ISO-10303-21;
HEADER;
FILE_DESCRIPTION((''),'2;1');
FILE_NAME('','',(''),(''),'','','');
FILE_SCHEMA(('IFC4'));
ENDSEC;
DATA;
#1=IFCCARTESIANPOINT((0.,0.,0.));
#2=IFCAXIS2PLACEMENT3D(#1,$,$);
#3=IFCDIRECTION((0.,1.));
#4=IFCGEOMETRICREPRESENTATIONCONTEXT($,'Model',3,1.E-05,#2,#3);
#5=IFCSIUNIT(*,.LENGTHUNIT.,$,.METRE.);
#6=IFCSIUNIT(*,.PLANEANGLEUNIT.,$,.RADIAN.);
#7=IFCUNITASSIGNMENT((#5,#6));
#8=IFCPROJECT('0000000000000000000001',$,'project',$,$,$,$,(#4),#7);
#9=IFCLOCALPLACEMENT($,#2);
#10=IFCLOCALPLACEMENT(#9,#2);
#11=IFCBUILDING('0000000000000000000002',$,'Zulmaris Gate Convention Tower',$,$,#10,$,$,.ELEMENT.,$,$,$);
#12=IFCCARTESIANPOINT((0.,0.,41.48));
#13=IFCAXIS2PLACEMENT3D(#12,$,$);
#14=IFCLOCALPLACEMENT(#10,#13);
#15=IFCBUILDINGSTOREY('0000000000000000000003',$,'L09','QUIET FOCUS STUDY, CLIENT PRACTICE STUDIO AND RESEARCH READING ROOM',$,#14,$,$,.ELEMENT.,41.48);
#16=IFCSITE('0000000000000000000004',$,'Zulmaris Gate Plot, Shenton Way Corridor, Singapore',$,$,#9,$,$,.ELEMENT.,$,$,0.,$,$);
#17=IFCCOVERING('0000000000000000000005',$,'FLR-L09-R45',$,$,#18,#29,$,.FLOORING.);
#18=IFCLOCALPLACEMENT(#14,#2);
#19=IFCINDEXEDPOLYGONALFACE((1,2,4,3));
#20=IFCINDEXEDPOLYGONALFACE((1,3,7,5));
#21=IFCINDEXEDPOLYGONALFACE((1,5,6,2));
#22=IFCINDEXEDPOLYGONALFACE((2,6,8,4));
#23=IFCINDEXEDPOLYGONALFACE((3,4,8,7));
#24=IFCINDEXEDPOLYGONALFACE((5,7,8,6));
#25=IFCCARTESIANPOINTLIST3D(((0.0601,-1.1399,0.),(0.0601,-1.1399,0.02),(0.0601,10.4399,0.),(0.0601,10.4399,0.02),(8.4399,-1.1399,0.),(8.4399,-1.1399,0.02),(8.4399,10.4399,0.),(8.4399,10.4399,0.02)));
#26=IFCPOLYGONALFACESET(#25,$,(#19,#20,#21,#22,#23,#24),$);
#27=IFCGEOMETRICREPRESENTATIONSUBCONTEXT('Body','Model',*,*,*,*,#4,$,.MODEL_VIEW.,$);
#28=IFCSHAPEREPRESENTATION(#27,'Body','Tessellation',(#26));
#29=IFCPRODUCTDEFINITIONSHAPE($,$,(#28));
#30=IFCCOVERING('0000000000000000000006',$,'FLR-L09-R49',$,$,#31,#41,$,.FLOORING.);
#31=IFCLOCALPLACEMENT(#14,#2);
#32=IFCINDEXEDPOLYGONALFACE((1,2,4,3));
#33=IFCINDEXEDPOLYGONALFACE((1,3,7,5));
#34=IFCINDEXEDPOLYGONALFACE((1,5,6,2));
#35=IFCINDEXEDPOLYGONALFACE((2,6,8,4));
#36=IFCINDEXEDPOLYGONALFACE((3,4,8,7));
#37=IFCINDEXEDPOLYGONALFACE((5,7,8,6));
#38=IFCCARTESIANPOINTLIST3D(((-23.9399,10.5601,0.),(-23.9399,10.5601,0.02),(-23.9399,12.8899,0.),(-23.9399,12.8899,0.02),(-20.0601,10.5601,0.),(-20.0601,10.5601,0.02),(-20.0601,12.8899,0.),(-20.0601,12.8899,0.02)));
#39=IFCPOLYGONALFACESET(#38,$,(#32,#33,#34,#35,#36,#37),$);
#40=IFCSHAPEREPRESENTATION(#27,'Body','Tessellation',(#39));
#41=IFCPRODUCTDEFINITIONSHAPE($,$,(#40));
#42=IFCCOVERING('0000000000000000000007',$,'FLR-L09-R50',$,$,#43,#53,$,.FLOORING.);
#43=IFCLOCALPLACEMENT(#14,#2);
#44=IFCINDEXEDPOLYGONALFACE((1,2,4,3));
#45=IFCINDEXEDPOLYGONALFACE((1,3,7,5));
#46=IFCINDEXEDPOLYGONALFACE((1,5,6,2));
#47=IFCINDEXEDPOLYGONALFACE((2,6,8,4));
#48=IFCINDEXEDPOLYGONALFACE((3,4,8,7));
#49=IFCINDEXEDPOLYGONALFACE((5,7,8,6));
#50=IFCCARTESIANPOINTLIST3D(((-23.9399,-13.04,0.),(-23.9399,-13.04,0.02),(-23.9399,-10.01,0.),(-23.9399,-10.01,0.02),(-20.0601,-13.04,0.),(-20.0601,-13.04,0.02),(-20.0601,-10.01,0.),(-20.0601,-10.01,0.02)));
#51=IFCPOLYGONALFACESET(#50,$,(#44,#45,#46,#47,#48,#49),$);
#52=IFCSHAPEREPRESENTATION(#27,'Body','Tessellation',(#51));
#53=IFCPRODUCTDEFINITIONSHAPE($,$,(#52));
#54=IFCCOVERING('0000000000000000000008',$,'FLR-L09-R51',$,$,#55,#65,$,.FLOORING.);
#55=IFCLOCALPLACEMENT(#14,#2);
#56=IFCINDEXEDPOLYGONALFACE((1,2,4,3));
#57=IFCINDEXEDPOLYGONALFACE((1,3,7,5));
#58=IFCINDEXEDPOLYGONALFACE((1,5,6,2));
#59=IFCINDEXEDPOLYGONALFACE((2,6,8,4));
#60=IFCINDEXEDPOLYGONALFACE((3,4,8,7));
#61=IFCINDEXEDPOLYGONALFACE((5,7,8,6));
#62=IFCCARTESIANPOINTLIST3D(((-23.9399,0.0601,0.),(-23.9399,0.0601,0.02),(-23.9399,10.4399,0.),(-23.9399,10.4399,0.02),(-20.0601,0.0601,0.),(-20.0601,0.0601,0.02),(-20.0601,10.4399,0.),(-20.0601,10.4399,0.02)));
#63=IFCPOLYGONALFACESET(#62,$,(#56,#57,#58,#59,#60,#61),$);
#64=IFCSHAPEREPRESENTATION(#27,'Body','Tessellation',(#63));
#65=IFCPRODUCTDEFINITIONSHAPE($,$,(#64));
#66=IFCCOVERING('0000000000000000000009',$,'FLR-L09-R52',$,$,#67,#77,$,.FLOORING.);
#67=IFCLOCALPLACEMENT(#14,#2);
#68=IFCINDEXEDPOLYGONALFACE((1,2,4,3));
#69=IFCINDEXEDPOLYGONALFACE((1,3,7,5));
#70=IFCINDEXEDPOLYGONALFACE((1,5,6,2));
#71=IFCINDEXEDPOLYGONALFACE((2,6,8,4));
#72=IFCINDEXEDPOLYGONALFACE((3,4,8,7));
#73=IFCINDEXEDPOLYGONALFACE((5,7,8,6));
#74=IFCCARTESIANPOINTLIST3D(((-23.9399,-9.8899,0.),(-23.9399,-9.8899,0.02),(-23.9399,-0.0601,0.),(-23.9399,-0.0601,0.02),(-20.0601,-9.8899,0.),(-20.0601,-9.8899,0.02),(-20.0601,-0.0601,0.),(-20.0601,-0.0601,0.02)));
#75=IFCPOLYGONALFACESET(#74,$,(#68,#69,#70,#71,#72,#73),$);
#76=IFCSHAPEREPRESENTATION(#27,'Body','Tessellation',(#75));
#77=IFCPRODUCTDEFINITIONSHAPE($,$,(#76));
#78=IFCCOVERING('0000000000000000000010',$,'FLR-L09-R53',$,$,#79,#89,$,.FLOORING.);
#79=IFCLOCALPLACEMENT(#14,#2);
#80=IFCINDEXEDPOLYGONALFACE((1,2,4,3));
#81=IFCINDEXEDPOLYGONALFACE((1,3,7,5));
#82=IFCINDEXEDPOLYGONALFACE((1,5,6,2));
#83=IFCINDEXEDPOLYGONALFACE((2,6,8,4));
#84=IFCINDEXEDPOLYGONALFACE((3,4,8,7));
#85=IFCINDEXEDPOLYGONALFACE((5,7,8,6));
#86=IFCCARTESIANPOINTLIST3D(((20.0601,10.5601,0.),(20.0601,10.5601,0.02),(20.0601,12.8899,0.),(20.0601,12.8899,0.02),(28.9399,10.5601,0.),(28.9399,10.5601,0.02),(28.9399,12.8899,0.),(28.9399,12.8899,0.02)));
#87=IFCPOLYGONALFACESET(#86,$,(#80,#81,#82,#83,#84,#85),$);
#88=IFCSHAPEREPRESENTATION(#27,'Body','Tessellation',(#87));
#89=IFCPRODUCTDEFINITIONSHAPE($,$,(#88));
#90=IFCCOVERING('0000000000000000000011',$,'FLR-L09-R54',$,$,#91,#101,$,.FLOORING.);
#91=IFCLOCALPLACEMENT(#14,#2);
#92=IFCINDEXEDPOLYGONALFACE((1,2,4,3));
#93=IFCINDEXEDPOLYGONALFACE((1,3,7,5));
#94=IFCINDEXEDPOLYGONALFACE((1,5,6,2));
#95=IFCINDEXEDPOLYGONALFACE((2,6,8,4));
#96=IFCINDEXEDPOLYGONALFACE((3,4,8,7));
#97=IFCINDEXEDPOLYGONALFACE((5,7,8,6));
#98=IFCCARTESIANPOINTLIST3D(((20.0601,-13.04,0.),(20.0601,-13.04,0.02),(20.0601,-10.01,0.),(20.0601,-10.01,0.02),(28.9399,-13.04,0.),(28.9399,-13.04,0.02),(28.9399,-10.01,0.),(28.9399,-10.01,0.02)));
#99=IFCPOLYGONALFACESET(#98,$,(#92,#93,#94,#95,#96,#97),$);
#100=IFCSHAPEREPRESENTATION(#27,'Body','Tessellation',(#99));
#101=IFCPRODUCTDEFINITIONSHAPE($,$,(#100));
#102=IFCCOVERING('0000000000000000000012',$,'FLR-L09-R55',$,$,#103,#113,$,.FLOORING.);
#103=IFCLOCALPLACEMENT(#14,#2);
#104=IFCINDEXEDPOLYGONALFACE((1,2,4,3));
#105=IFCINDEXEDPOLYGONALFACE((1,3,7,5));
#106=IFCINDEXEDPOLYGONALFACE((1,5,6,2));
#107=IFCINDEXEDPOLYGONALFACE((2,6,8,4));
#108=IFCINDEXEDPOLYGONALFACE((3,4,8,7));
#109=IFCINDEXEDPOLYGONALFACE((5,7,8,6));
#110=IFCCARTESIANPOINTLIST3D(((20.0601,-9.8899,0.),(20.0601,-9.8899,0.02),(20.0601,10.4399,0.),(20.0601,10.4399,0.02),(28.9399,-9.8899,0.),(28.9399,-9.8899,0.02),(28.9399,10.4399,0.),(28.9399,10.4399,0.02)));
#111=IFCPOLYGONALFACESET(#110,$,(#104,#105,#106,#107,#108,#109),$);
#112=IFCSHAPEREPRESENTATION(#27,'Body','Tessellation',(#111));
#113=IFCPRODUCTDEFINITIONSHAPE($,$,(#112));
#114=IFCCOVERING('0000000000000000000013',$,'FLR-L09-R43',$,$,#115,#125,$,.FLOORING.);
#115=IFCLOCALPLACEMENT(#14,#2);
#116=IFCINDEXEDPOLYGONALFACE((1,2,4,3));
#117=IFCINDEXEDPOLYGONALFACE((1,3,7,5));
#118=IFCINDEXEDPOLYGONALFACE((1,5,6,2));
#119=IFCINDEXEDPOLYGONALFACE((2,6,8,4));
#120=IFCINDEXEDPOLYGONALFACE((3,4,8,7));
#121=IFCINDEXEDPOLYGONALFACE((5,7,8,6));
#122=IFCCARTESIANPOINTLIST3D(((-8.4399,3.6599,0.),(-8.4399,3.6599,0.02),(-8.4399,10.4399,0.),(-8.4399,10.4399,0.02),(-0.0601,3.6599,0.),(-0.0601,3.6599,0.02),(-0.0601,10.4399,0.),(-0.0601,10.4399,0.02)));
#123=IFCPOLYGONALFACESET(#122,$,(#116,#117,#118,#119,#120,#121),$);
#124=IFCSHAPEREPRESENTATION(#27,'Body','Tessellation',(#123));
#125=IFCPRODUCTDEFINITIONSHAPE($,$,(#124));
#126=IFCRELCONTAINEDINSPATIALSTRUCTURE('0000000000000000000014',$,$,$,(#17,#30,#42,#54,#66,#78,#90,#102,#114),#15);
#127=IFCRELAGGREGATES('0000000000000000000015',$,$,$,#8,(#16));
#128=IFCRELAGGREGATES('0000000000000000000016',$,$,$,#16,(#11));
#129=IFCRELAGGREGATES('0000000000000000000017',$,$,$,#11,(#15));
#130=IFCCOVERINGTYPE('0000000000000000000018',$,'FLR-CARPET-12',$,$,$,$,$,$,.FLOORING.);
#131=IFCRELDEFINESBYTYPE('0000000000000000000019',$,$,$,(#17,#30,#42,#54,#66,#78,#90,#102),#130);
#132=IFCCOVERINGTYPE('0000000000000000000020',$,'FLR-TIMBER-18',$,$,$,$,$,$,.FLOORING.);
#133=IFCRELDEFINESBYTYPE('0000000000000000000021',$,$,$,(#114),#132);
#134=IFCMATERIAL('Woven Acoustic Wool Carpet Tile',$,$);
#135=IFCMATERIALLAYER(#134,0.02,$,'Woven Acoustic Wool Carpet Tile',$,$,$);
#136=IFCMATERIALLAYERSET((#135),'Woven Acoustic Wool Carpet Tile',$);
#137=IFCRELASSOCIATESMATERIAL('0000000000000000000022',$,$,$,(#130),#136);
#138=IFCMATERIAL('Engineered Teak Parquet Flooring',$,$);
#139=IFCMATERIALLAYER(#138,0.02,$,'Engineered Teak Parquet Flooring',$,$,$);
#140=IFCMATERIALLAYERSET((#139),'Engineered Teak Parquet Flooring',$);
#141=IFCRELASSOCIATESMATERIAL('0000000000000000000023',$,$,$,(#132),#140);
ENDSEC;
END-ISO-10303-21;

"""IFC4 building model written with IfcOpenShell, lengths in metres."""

from ifc_helpers import new_model, si_unit, direction, frame, origin, place, context, subcontext, project, spatial, polyline, outline, extrude, material, layer, layer_set, type_object, element, save


model = new_model("IFC4")

# Units and contexts
model_context = context("Model", 3, precision=1e-05, world=origin(), true_north=direction((0.0, 1.0)))
body_context = subcontext(model_context, "Body", "Model", "MODEL_VIEW")
ifc_project = project(units=[si_unit("LENGTHUNIT", "METRE"), si_unit("PLANEANGLEUNIT", "RADIAN")], contexts=[model_context])

# Site, building, storey
site_placement = place(None, origin())
site = spatial("IfcSite", under=ifc_project, at=site_placement, Name="Zulmaris Gate Plot, Shenton Way Corridor, Singapore", CompositionType="ELEMENT", RefElevation=0.0)
building_placement = place(site_placement, origin())
building = spatial("IfcBuilding", under=site, at=building_placement, Name="Zulmaris Gate Convention Tower", CompositionType="ELEMENT")
storey_placement = place(building_placement, frame((0.0, 0.0, 41.48)))
storey = spatial("IfcBuildingStorey", under=building, at=storey_placement, Name="L09", Description="QUIET FOCUS STUDY, CLIENT PRACTICE STUDIO AND RESEARCH READING ROOM", CompositionType="ELEMENT", Elevation=41.48)

# Coverings
ifc_material_1 = material(Name="Woven Acoustic Wool Carpet Tile")
ifc_layer_1 = layer(ifc_material_1, 0.02, Name="Woven Acoustic Wool Carpet Tile")
ifc_layer_set_1 = layer_set([ifc_layer_1], Name="Woven Acoustic Wool Carpet Tile")
covering_type_1 = type_object("IfcCoveringType", Name="FLR-CARPET-12", PredefinedType="FLOORING", material=ifc_layer_set_1)
covering_1_placement = place(storey_placement, origin())
element("IfcCovering", 1, at=covering_1_placement, inside=storey, type_object=covering_type_1, Name="FLR-L09-R45", PredefinedType="FLOORING", context=body_context, shape_type="SweptSolid", body=[
    extrude(outline(polyline([(0.0601, -1.1399), (8.4399, -1.1399), (8.4399, 10.4399), (0.0601, 10.4399), (0.0601, -1.1399)])), origin(), (0.0, 0.0, 1.0), 0.02),
])
covering_2_placement = place(storey_placement, origin())
element("IfcCovering", 2, at=covering_2_placement, inside=storey, type_object=covering_type_1, Name="FLR-L09-R49", PredefinedType="FLOORING", context=body_context, shape_type="SweptSolid", body=[
    extrude(outline(polyline([(-23.9399, 10.5601), (-20.0601, 10.5601), (-20.0601, 12.8899), (-23.9399, 12.8899), (-23.9399, 10.5601)])), origin(), (0.0, 0.0, 1.0), 0.02),
])
covering_3_placement = place(storey_placement, origin())
element("IfcCovering", 3, at=covering_3_placement, inside=storey, type_object=covering_type_1, Name="FLR-L09-R50", PredefinedType="FLOORING", context=body_context, shape_type="SweptSolid", body=[
    extrude(outline(polyline([(-23.9399, -13.04), (-20.0601, -13.04), (-20.0601, -10.01), (-23.9399, -10.01), (-23.9399, -13.04)])), origin(), (0.0, 0.0, 1.0), 0.02),
])
covering_4_placement = place(storey_placement, origin())
element("IfcCovering", 4, at=covering_4_placement, inside=storey, type_object=covering_type_1, Name="FLR-L09-R51", PredefinedType="FLOORING", context=body_context, shape_type="SweptSolid", body=[
    extrude(outline(polyline([(-23.9399, 0.0601), (-20.0601, 0.0601), (-20.0601, 10.4399), (-23.9399, 10.4399), (-23.9399, 0.0601)])), origin(), (0.0, 0.0, 1.0), 0.02),
])
covering_5_placement = place(storey_placement, origin())
element("IfcCovering", 5, at=covering_5_placement, inside=storey, type_object=covering_type_1, Name="FLR-L09-R52", PredefinedType="FLOORING", context=body_context, shape_type="SweptSolid", body=[
    extrude(outline(polyline([(-23.9399, -9.8899), (-20.0601, -9.8899), (-20.0601, -0.0601), (-23.9399, -0.0601), (-23.9399, -9.8899)])), origin(), (0.0, 0.0, 1.0), 0.02),
])
covering_6_placement = place(storey_placement, origin())
element("IfcCovering", 6, at=covering_6_placement, inside=storey, type_object=covering_type_1, Name="FLR-L09-R53", PredefinedType="FLOORING", context=body_context, shape_type="SweptSolid", body=[
    extrude(outline(polyline([(20.0601, 10.5601), (28.9399, 10.5601), (28.9399, 12.8899), (20.0601, 12.8899), (20.0601, 10.5601)])), origin(), (0.0, 0.0, 1.0), 0.02),
])
covering_7_placement = place(storey_placement, origin())
element("IfcCovering", 7, at=covering_7_placement, inside=storey, type_object=covering_type_1, Name="FLR-L09-R54", PredefinedType="FLOORING", context=body_context, shape_type="SweptSolid", body=[
    extrude(outline(polyline([(20.0601, -13.04), (28.9399, -13.04), (28.9399, -10.01), (20.0601, -10.01), (20.0601, -13.04)])), origin(), (0.0, 0.0, 1.0), 0.02),
])
covering_8_placement = place(storey_placement, origin())
element("IfcCovering", 8, at=covering_8_placement, inside=storey, type_object=covering_type_1, Name="FLR-L09-R55", PredefinedType="FLOORING", context=body_context, shape_type="SweptSolid", body=[
    extrude(outline(polyline([(20.0601, -9.8899), (28.9399, -9.8899), (28.9399, 10.4399), (20.0601, 10.4399), (20.0601, -9.8899)])), origin(), (0.0, 0.0, 1.0), 0.02),
])
ifc_material_2 = material(Name="Engineered Teak Parquet Flooring")
ifc_layer_2 = layer(ifc_material_2, 0.02, Name="Engineered Teak Parquet Flooring")
ifc_layer_set_2 = layer_set([ifc_layer_2], Name="Engineered Teak Parquet Flooring")
covering_type_2 = type_object("IfcCoveringType", Name="FLR-TIMBER-18", PredefinedType="FLOORING", material=ifc_layer_set_2)
covering_9_placement = place(storey_placement, origin())
element("IfcCovering", 9, at=covering_9_placement, inside=storey, type_object=covering_type_2, Name="FLR-L09-R43", PredefinedType="FLOORING", context=body_context, shape_type="SweptSolid", body=[
    extrude(outline(polyline([(-8.4399, 3.6599), (-0.0601, 3.6599), (-0.0601, 10.4399), (-8.4399, 10.4399), (-8.4399, 3.6599)])), origin(), (0.0, 0.0, 1.0), 0.02),
])

save(model, "model.ifc")
